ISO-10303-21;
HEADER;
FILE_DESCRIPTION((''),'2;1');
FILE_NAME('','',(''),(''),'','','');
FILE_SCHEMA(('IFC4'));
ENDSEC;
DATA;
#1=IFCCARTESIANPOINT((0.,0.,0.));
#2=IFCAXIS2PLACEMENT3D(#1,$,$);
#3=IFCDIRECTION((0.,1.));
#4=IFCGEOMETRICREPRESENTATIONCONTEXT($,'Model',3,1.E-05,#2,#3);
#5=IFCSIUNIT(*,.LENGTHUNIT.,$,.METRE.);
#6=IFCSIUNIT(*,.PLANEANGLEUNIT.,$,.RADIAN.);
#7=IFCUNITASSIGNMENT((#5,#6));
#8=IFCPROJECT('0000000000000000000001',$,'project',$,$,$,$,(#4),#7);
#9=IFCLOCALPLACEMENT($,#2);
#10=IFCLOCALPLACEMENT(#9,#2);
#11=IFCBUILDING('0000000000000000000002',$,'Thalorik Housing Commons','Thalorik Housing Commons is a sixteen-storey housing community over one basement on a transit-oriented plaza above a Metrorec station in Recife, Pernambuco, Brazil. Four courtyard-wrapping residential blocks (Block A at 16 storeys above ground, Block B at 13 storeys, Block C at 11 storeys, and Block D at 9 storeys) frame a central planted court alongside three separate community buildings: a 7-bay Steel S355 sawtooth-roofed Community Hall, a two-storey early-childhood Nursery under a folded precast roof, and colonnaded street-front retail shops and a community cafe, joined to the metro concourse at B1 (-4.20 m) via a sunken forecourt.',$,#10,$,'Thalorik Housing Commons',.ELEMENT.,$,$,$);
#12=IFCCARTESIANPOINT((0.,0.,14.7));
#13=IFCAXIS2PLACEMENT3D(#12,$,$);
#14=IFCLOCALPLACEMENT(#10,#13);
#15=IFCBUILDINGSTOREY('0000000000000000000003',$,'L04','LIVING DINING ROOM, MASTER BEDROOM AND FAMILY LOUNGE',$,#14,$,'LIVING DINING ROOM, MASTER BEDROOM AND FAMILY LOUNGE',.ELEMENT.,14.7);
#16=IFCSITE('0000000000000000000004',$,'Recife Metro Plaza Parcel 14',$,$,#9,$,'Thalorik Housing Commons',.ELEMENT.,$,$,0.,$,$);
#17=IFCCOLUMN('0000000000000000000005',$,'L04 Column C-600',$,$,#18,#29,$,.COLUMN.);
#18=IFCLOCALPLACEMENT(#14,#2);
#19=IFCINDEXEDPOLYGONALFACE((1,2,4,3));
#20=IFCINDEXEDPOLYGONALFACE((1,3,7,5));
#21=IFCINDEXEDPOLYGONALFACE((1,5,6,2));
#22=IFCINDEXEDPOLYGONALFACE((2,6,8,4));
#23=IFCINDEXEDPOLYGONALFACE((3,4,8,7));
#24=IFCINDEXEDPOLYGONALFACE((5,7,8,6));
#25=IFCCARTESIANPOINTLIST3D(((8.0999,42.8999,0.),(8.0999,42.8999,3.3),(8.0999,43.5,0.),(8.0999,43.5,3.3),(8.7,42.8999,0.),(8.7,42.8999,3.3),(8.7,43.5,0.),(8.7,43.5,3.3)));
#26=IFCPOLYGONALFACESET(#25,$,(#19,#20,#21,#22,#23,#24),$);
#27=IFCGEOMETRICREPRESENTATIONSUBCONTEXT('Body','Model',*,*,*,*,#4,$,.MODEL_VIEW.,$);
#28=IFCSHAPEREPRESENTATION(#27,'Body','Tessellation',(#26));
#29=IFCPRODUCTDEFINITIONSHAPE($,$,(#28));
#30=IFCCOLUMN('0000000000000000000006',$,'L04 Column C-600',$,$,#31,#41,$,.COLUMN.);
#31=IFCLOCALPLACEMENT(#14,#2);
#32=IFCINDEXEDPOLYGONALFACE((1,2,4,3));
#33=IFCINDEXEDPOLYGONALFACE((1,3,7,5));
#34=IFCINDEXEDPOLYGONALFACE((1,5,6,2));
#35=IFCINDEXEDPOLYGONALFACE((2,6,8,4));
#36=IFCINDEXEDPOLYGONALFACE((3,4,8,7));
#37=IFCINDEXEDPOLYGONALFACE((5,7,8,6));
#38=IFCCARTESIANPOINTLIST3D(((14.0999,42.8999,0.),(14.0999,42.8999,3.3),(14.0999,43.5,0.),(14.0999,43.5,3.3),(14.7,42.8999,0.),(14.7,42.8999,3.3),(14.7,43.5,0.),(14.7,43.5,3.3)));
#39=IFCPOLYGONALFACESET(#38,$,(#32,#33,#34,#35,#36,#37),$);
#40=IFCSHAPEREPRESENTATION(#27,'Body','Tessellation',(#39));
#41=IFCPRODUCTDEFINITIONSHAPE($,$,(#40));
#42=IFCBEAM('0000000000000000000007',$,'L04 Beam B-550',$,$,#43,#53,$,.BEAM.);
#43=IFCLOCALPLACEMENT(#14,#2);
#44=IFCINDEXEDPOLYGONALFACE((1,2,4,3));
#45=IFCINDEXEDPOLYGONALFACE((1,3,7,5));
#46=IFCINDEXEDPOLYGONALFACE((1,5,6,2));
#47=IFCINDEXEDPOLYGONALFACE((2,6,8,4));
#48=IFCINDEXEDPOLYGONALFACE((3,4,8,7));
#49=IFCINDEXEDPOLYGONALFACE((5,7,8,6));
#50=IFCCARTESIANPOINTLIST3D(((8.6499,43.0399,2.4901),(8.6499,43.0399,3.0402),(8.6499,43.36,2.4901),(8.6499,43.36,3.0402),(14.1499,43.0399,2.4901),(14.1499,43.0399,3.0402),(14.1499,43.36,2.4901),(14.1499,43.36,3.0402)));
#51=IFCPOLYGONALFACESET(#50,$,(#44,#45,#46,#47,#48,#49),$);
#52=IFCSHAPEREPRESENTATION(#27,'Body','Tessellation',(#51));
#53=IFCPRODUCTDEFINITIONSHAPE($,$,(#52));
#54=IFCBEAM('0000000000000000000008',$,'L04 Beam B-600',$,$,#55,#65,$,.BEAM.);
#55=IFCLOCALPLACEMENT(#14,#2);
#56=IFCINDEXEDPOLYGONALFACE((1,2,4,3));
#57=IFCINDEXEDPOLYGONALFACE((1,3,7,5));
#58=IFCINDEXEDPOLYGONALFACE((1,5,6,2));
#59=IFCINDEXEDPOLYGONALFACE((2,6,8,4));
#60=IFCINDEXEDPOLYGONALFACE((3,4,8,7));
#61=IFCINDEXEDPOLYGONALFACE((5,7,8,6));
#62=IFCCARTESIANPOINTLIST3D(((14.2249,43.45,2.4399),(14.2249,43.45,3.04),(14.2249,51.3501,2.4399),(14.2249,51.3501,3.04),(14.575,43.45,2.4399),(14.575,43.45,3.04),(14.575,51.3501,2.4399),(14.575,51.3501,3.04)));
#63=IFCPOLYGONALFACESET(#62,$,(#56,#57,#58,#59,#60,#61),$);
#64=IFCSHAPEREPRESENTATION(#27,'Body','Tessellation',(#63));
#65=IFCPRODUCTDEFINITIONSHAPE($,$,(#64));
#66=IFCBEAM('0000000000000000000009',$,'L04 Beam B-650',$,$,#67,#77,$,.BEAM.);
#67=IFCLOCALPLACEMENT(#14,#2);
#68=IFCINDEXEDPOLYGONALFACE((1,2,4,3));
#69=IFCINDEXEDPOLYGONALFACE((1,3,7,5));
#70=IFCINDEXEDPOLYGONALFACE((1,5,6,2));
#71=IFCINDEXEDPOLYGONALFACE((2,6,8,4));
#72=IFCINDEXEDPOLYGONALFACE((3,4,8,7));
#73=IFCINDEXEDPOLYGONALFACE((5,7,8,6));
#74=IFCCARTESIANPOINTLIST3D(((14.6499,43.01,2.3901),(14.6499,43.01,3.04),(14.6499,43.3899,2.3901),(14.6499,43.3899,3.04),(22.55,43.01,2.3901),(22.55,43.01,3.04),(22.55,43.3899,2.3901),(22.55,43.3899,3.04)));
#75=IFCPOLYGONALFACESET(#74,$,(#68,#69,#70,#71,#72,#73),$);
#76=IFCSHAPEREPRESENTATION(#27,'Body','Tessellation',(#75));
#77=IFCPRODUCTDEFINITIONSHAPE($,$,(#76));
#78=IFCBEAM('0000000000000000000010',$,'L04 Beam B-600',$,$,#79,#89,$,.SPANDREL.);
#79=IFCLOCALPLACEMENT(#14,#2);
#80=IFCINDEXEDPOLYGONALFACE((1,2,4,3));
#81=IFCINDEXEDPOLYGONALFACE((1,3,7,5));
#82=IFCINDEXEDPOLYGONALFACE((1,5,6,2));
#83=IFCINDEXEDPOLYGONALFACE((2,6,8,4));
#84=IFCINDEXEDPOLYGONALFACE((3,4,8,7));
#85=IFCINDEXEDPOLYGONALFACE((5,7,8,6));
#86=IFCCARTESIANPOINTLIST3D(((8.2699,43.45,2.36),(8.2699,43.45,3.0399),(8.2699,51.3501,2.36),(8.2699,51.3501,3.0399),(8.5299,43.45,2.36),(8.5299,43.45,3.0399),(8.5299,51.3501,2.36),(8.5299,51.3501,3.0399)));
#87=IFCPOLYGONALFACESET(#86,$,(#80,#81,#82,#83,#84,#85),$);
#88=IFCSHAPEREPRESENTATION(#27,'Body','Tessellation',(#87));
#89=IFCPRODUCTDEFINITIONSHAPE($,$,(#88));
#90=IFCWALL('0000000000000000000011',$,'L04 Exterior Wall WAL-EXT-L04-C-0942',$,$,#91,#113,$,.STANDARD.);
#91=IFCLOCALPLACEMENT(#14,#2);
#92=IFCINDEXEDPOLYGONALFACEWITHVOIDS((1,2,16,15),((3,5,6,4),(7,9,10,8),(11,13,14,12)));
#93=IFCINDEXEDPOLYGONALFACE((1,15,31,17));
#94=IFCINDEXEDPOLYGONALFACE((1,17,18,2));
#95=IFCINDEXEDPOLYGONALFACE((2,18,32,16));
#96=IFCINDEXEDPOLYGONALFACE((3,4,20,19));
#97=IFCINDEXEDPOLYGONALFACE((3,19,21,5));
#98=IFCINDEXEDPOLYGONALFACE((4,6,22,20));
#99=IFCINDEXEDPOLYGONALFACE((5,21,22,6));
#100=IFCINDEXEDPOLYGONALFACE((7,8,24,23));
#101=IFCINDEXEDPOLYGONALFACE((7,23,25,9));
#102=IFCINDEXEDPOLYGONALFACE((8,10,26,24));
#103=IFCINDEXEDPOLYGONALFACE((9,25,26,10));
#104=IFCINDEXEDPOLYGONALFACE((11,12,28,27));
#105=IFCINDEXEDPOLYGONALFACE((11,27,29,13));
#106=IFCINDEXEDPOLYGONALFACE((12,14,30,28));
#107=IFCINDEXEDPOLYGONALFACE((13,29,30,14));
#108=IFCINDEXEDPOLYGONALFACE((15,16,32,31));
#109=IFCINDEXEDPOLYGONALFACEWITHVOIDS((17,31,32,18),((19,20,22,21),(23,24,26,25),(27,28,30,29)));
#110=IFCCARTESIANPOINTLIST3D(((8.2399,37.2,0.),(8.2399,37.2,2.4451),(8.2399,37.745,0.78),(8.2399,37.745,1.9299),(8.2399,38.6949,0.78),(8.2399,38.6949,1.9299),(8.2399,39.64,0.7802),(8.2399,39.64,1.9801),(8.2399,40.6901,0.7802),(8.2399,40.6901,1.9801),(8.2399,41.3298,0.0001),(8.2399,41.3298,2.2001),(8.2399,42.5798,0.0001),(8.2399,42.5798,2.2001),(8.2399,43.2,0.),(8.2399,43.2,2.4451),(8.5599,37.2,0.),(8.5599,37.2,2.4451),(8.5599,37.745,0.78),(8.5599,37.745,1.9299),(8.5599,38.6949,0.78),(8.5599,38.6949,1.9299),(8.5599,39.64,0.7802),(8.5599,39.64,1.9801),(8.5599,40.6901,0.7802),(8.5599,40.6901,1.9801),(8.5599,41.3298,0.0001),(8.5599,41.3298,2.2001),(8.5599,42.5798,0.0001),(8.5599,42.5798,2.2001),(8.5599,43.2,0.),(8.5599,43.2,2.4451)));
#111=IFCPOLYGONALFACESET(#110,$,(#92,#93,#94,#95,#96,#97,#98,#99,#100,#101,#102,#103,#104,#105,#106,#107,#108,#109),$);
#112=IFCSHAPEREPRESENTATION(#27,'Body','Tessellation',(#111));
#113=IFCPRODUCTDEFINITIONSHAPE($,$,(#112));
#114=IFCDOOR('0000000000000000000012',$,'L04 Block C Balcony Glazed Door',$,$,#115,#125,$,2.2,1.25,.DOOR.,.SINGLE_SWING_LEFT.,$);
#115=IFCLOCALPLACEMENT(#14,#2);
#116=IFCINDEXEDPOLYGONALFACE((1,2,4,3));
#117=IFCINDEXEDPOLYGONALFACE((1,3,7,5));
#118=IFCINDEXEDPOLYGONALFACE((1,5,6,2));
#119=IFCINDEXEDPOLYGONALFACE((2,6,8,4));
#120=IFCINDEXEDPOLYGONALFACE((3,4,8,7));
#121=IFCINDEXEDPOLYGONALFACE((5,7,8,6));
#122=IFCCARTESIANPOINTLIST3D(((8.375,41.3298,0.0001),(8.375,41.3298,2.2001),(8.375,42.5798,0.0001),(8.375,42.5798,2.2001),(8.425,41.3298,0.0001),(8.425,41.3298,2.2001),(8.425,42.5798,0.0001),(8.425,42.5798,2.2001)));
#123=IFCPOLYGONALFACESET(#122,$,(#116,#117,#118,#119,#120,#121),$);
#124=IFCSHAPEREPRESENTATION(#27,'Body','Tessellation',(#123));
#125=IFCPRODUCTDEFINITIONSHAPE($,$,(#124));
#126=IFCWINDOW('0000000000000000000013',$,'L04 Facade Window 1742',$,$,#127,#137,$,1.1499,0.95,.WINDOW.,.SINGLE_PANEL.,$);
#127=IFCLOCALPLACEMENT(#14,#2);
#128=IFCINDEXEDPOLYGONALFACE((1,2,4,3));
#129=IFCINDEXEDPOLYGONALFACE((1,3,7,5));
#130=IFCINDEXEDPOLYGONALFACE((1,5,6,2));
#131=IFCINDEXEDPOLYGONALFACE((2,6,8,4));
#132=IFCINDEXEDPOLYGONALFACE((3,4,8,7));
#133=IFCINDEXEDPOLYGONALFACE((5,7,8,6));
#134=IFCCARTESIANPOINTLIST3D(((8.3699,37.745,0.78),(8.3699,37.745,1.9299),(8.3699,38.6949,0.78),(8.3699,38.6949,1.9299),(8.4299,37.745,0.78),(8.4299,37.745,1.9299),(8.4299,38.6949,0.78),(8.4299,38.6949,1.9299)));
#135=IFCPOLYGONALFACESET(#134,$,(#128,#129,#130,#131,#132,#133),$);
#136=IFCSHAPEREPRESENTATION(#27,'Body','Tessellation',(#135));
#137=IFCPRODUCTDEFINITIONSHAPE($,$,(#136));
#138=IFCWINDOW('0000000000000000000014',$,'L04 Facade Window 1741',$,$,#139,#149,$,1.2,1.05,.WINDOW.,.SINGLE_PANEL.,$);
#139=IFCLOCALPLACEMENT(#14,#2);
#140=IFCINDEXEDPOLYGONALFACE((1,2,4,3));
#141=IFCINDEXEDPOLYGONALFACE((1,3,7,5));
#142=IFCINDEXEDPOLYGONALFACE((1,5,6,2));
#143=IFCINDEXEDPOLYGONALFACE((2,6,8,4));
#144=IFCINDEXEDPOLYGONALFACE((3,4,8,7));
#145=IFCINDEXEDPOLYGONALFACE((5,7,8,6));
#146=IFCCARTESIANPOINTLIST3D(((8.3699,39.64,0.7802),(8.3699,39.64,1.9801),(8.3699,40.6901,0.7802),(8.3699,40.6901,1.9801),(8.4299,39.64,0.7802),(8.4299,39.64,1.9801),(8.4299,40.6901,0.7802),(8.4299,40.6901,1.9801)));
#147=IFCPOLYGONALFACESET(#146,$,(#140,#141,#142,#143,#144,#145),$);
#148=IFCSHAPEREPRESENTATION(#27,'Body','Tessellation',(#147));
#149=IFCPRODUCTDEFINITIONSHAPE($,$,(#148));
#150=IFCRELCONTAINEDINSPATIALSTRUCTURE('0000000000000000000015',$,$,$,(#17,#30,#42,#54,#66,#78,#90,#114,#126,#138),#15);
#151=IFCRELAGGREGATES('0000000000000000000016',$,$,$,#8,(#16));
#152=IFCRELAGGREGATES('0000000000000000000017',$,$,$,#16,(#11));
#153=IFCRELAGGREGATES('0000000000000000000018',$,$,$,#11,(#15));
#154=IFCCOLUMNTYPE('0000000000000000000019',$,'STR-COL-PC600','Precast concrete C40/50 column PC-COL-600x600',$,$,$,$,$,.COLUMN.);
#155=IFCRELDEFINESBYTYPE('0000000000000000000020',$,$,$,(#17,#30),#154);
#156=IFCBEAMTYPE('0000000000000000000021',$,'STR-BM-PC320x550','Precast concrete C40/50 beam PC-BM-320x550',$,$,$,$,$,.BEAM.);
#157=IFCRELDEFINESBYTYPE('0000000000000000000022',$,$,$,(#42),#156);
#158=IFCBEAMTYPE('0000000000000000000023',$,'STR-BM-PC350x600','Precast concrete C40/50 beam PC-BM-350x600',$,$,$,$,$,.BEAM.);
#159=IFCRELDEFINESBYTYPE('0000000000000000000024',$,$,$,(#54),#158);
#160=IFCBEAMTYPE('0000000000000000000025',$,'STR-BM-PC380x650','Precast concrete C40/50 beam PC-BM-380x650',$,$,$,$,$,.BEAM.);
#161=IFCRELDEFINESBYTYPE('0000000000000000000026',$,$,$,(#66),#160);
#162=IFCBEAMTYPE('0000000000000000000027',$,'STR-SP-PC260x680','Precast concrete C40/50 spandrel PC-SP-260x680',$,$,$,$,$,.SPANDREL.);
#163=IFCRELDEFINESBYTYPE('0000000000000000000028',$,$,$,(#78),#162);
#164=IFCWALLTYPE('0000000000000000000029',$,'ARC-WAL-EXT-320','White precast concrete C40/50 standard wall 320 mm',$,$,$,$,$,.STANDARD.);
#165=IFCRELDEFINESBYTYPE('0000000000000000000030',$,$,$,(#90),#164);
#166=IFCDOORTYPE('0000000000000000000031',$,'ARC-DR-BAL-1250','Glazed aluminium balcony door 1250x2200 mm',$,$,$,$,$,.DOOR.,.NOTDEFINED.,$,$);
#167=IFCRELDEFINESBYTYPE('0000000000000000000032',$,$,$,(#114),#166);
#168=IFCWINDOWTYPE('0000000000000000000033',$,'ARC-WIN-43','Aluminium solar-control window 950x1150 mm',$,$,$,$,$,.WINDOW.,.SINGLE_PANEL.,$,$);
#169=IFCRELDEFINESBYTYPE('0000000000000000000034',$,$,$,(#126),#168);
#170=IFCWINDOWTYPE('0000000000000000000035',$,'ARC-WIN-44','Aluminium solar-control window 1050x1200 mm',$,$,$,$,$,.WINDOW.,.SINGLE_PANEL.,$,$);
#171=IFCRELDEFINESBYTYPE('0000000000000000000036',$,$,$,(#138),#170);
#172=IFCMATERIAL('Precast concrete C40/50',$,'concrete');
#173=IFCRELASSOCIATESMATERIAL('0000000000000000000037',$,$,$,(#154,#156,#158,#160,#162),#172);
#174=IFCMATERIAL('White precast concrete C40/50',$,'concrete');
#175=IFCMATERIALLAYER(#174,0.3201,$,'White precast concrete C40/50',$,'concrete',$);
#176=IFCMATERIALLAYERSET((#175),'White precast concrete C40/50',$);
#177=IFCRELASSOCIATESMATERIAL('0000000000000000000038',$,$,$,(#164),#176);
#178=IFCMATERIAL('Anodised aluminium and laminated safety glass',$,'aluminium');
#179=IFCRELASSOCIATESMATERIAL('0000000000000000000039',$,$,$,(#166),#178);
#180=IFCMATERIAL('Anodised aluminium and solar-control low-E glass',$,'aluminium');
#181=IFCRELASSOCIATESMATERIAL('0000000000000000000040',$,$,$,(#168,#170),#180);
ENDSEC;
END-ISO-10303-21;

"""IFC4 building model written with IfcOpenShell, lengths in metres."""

from ifc_helpers import new_model, si_unit, direction, frame, frame_2d, origin, origin_2d, place, context, subcontext, project, spatial, rectangle, extrude, material, layer, layer_set, material_profile, profile_set, type_object, element, fill, save


model = new_model("IFC4")

# Units and contexts
model_context = context("Model", 3, precision=1e-05, world=origin(), true_north=direction((0.0, 1.0)))
body_context = subcontext(model_context, "Body", "Model", "MODEL_VIEW")
ifc_project = project(units=[si_unit("LENGTHUNIT", "METRE"), si_unit("PLANEANGLEUNIT", "RADIAN")], contexts=[model_context])

# Site, building, storey
site_placement = place(None, origin())
site = spatial("IfcSite", under=ifc_project, at=site_placement, Name="Recife Metro Plaza Parcel 14", LongName="Thalorik Housing Commons", CompositionType="ELEMENT", RefElevation=0.0)
building_placement = place(site_placement, origin())
building = spatial("IfcBuilding", under=site, at=building_placement, Name="Thalorik Housing Commons", Description="Thalorik Housing Commons is a sixteen-storey housing community over one basement on a transit-oriented plaza above a Metrorec station in Recife, Pernambuco, Brazil. Four courtyard-wrapping residential blocks (Block A at 16 storeys above ground, Block B at 13 storeys, Block C at 11 storeys, and Block D at 9 storeys) frame a central planted court alongside three separate community buildings: a 7-bay Steel S355 sawtooth-roofed Community Hall, a two-storey early-childhood Nursery under a folded precast roof, and colonnaded street-front retail shops and a community cafe, joined to the metro concourse at B1 (-4.20 m) via a sunken forecourt.", LongName="Thalorik Housing Commons", CompositionType="ELEMENT")
storey_placement = place(building_placement, frame((0.0, 0.0, 14.7)))
storey = spatial("IfcBuildingStorey", under=building, at=storey_placement, Name="L04", Description="LIVING DINING ROOM, MASTER BEDROOM AND FAMILY LOUNGE", LongName="LIVING DINING ROOM, MASTER BEDROOM AND FAMILY LOUNGE", CompositionType="ELEMENT", Elevation=14.7)

# Columns
ifc_material_1 = material(Name="Precast concrete C40/50", Category="concrete")
ifc_material_profile_1 = material_profile(ifc_material_1, rectangle(XDim=0.6001, YDim=0.6001, at=origin_2d()), Name="PC 600x600", Category="concrete")
ifc_profile_set_1 = profile_set([ifc_material_profile_1], Name="Precast concrete C40/50")
column_type = type_object("IfcColumnType", Name="STR-COL-PC600", Description="Precast concrete C40/50 column PC-COL-600x600", PredefinedType="COLUMN", material=ifc_profile_set_1)
for number, where, z_axis, x_axis, name in (
    (1, (8.3999, 43.2, 0.0), (0.0, 0.0, 1.0), (1.0, 0.0, 0.0), "L04 Column C-600"),
    (2, (14.3999, 43.2, 0.0), (0.0, 0.0, 1.0), (1.0, 0.0, 0.0), "L04 Column C-600"),
):
    element("IfcColumn", number, at=place(storey_placement, frame(where, z_axis=z_axis, x_axis=x_axis)), inside=storey, type_object=column_type, Name=name, PredefinedType="COLUMN", context=body_context, shape_type="SweptSolid", body=[
        extrude(rectangle(XDim=0.6001, YDim=0.6001, at=origin_2d()), origin(), (0.0, 0.0, 1.0), 3.3),
    ])

# Beams
ifc_material_profile_2 = material_profile(ifc_material_1, rectangle(XDim=0.3201, YDim=0.55, at=origin_2d()), Name="PC 320x550", Category="concrete")
ifc_profile_set_2 = profile_set([ifc_material_profile_2], Name="Precast concrete C40/50")
beam_type_1 = type_object("IfcBeamType", Name="STR-BM-PC320x550", Description="Precast concrete C40/50 beam PC-BM-320x550", PredefinedType="BEAM", material=ifc_profile_set_2)
beam_1_placement = place(storey_placement, frame((8.6499, 43.2, 2.7651), z_axis=(1.0, 0.0, 0.0), x_axis=(0.0, 1.0, 0.0)))
element("IfcBeam", 3, at=beam_1_placement, inside=storey, type_object=beam_type_1, Name="L04 Beam B-550", PredefinedType="BEAM", context=body_context, shape_type="SweptSolid", body=[
    extrude(rectangle(XDim=0.3201, YDim=0.55, at=origin_2d()), origin(), (0.0, 0.0, 1.0), 5.5),
])
ifc_material_profile_3 = material_profile(ifc_material_1, rectangle(XDim=0.3501, YDim=0.6001, at=origin_2d()), Name="PC 350x600", Category="concrete")
ifc_profile_set_3 = profile_set([ifc_material_profile_3], Name="Precast concrete C40/50")
beam_type_2 = type_object("IfcBeamType", Name="STR-BM-PC350x600", Description="Precast concrete C40/50 beam PC-BM-350x600", PredefinedType="BEAM", material=ifc_profile_set_3)
beam_2_placement = place(storey_placement, frame((14.3999, 43.45, 2.74), z_axis=(0.0, 1.0, 0.0), x_axis=(-1.0, 0.0, 0.0)))
element("IfcBeam", 4, at=beam_2_placement, inside=storey, type_object=beam_type_2, Name="L04 Beam B-600", PredefinedType="BEAM", context=body_context, shape_type="SweptSolid", body=[
    extrude(rectangle(XDim=0.3501, YDim=0.6001, at=origin_2d()), origin(), (0.0, 0.0, 1.0), 7.9001),
])
ifc_material_profile_4 = material_profile(ifc_material_1, rectangle(XDim=0.3799, YDim=0.6499, at=origin_2d()), Name="PC 380x650", Category="concrete")
ifc_profile_set_4 = profile_set([ifc_material_profile_4], Name="Precast concrete C40/50")
beam_type_3 = type_object("IfcBeamType", Name="STR-BM-PC380x650", Description="Precast concrete C40/50 beam PC-BM-380x650", PredefinedType="BEAM", material=ifc_profile_set_4)
beam_3_placement = place(storey_placement, frame((14.6499, 43.2, 2.7151), z_axis=(1.0, 0.0, 0.0), x_axis=(0.0, 1.0, 0.0)))
element("IfcBeam", 5, at=beam_3_placement, inside=storey, type_object=beam_type_3, Name="L04 Beam B-650", PredefinedType="BEAM", context=body_context, shape_type="SweptSolid", body=[
    extrude(rectangle(XDim=0.3799, YDim=0.6499, at=origin_2d()), origin(), (0.0, 0.0, 1.0), 7.9001),
])
ifc_material_profile_5 = material_profile(ifc_material_1, rectangle(XDim=0.26, YDim=0.6799, at=origin_2d()), Name="PC SP 260x680", Category="concrete")
ifc_profile_set_5 = profile_set([ifc_material_profile_5], Name="Precast concrete C40/50")
beam_type_4 = type_object("IfcBeamType", Name="STR-SP-PC260x680", Description="Precast concrete C40/50 spandrel PC-SP-260x680", PredefinedType="SPANDREL", material=ifc_profile_set_5)
beam_4_placement = place(storey_placement, frame((8.3999, 43.45, 2.7), z_axis=(0.0, 1.0, 0.0), x_axis=(-1.0, 0.0, 0.0)))
element("IfcBeam", 6, at=beam_4_placement, inside=storey, type_object=beam_type_4, Name="L04 Beam B-600", PredefinedType="SPANDREL", context=body_context, shape_type="SweptSolid", body=[
    extrude(rectangle(XDim=0.26, YDim=0.6799, at=origin_2d()), origin(), (0.0, 0.0, 1.0), 7.9001),
])

# Wall, openings, door, windows
ifc_material_2 = material(Name="White precast concrete C40/50", Category="concrete")
ifc_layer_1 = layer(ifc_material_2, 0.3201, Name="White precast concrete C40/50", Category="concrete")
ifc_layer_set_1 = layer_set([ifc_layer_1], Name="White precast concrete C40/50")
wall_type_1 = type_object("IfcWallType", Name="ARC-WAL-EXT-320", Description="White precast concrete C40/50 standard wall 320 mm", PredefinedType="STANDARD", material=ifc_layer_set_1)
wall_1_placement = place(storey_placement, frame((8.3999, 43.2, 0.0), z_axis=(0.0, 0.0, 1.0), x_axis=(0.0, -1.0, 0.0)))
wall_1 = element("IfcWall", 7, at=wall_1_placement, inside=storey, type_object=wall_type_1, Name="L04 Exterior Wall WAL-EXT-L04-C-0942", PredefinedType="STANDARD", context=body_context, shape_type="SweptSolid", body=[
    extrude(rectangle(XDim=6.0, YDim=0.3201, at=frame_2d((3.0, 0.0))), origin(), (0.0, 0.0, 1.0), 2.4451),
])
opening_1_placement = place(wall_1_placement, frame((0.6201, 0.0, 0.0)))
opening_1 = element("IfcOpeningElement", 8, at=opening_1_placement, cuts=wall_1, PredefinedType="OPENING", context=body_context, shape_type="SweptSolid", body=[
    extrude(rectangle(XDim=1.25, YDim=2.2, at=frame_2d((0.625, 1.1001))), frame((0.0, 0.1699, 0.0), z_axis=(0.0, -1.0, 0.0), x_axis=(1.0, 0.0, 0.0)), (0.0, 0.0, 1.0), 0.3401),
])
opening_2_placement = place(wall_1_placement, frame((2.51, 0.0, 0.78)))
opening_2 = element("IfcOpeningElement", 9, at=opening_2_placement, cuts=wall_1, PredefinedType="OPENING", context=body_context, shape_type="SweptSolid", body=[
    extrude(rectangle(XDim=1.05, YDim=1.2, at=frame_2d((0.5249, 0.6001))), frame((0.0, 0.1699, 0.0), z_axis=(0.0, -1.0, 0.0), x_axis=(1.0, 0.0, 0.0)), (0.0, 0.0, 1.0), 0.3401),
])
opening_3_placement = place(wall_1_placement, frame((4.5049, 0.0, 0.78)))
opening_3 = element("IfcOpeningElement", 10, at=opening_3_placement, cuts=wall_1, PredefinedType="OPENING", context=body_context, shape_type="SweptSolid", body=[
    extrude(rectangle(XDim=0.95, YDim=1.1499, at=frame_2d((0.4751, 0.575))), frame((0.0, 0.1699, 0.0), z_axis=(0.0, -1.0, 0.0), x_axis=(1.0, 0.0, 0.0)), (0.0, 0.0, 1.0), 0.3401),
])
ifc_material_3 = material(Name="Anodised aluminium and laminated safety glass", Category="aluminium")
door_type_1 = type_object("IfcDoorType", Name="ARC-DR-BAL-1250", Description="Glazed aluminium balcony door 1250x2200 mm", OperationType="NOTDEFINED", PredefinedType="DOOR", material=ifc_material_3)
door_1_placement = place(opening_1_placement, frame((1.25, 0.0, 0.0), z_axis=(0.0, 0.0, 1.0), x_axis=(-1.0, 0.0, 0.0)))
door_1 = element("IfcDoor", 11, at=door_1_placement, inside=storey, type_object=door_type_1, Name="L04 Block C Balcony Glazed Door", OperationType="SINGLE_SWING_LEFT", OverallHeight=2.2, OverallWidth=1.25, PredefinedType="DOOR", context=body_context, shape_type="SweptSolid", body=[
    extrude(rectangle(XDim=1.25, YDim=2.2, at=frame_2d((0.625, 1.1001))), frame((0.0, 0.0249, 0.0), z_axis=(0.0, -1.0, 0.0), x_axis=(1.0, 0.0, 0.0)), (0.0, 0.0, 1.0), 0.05),
])
fill(opening_1, door_1)
ifc_material_4 = material(Name="Anodised aluminium and solar-control low-E glass", Category="aluminium")
window_type_1 = type_object("IfcWindowType", Name="ARC-WIN-43", Description="Aluminium solar-control window 950x1150 mm", PartitioningType="SINGLE_PANEL", PredefinedType="WINDOW", material=ifc_material_4)
window_1_placement = place(opening_3_placement, origin())
window_1 = element("IfcWindow", 12, at=window_1_placement, inside=storey, type_object=window_type_1, Name="L04 Facade Window 1742", OverallHeight=1.1499, OverallWidth=0.95, PartitioningType="SINGLE_PANEL", PredefinedType="WINDOW", context=body_context, shape_type="SweptSolid", body=[
    extrude(rectangle(XDim=0.95, YDim=1.1499, at=frame_2d((0.4751, 0.575))), frame((0.0, 0.03, 0.0), z_axis=(0.0, -1.0, 0.0), x_axis=(1.0, 0.0, 0.0)), (0.0, 0.0, 1.0), 0.0601),
])
fill(opening_3, window_1)
window_type_2 = type_object("IfcWindowType", Name="ARC-WIN-44", Description="Aluminium solar-control window 1050x1200 mm", PartitioningType="SINGLE_PANEL", PredefinedType="WINDOW", material=ifc_material_4)
window_2_placement = place(opening_2_placement, origin())
window_2 = element("IfcWindow", 13, at=window_2_placement, inside=storey, type_object=window_type_2, Name="L04 Facade Window 1741", OverallHeight=1.2, OverallWidth=1.05, PartitioningType="SINGLE_PANEL", PredefinedType="WINDOW", context=body_context, shape_type="SweptSolid", body=[
    extrude(rectangle(XDim=1.05, YDim=1.2, at=frame_2d((0.5249, 0.6001))), frame((0.0, 0.03, 0.0), z_axis=(0.0, -1.0, 0.0), x_axis=(1.0, 0.0, 0.0)), (0.0, 0.0, 1.0), 0.0601),
])
fill(opening_2, window_2)

save(model, "model.ifc")
